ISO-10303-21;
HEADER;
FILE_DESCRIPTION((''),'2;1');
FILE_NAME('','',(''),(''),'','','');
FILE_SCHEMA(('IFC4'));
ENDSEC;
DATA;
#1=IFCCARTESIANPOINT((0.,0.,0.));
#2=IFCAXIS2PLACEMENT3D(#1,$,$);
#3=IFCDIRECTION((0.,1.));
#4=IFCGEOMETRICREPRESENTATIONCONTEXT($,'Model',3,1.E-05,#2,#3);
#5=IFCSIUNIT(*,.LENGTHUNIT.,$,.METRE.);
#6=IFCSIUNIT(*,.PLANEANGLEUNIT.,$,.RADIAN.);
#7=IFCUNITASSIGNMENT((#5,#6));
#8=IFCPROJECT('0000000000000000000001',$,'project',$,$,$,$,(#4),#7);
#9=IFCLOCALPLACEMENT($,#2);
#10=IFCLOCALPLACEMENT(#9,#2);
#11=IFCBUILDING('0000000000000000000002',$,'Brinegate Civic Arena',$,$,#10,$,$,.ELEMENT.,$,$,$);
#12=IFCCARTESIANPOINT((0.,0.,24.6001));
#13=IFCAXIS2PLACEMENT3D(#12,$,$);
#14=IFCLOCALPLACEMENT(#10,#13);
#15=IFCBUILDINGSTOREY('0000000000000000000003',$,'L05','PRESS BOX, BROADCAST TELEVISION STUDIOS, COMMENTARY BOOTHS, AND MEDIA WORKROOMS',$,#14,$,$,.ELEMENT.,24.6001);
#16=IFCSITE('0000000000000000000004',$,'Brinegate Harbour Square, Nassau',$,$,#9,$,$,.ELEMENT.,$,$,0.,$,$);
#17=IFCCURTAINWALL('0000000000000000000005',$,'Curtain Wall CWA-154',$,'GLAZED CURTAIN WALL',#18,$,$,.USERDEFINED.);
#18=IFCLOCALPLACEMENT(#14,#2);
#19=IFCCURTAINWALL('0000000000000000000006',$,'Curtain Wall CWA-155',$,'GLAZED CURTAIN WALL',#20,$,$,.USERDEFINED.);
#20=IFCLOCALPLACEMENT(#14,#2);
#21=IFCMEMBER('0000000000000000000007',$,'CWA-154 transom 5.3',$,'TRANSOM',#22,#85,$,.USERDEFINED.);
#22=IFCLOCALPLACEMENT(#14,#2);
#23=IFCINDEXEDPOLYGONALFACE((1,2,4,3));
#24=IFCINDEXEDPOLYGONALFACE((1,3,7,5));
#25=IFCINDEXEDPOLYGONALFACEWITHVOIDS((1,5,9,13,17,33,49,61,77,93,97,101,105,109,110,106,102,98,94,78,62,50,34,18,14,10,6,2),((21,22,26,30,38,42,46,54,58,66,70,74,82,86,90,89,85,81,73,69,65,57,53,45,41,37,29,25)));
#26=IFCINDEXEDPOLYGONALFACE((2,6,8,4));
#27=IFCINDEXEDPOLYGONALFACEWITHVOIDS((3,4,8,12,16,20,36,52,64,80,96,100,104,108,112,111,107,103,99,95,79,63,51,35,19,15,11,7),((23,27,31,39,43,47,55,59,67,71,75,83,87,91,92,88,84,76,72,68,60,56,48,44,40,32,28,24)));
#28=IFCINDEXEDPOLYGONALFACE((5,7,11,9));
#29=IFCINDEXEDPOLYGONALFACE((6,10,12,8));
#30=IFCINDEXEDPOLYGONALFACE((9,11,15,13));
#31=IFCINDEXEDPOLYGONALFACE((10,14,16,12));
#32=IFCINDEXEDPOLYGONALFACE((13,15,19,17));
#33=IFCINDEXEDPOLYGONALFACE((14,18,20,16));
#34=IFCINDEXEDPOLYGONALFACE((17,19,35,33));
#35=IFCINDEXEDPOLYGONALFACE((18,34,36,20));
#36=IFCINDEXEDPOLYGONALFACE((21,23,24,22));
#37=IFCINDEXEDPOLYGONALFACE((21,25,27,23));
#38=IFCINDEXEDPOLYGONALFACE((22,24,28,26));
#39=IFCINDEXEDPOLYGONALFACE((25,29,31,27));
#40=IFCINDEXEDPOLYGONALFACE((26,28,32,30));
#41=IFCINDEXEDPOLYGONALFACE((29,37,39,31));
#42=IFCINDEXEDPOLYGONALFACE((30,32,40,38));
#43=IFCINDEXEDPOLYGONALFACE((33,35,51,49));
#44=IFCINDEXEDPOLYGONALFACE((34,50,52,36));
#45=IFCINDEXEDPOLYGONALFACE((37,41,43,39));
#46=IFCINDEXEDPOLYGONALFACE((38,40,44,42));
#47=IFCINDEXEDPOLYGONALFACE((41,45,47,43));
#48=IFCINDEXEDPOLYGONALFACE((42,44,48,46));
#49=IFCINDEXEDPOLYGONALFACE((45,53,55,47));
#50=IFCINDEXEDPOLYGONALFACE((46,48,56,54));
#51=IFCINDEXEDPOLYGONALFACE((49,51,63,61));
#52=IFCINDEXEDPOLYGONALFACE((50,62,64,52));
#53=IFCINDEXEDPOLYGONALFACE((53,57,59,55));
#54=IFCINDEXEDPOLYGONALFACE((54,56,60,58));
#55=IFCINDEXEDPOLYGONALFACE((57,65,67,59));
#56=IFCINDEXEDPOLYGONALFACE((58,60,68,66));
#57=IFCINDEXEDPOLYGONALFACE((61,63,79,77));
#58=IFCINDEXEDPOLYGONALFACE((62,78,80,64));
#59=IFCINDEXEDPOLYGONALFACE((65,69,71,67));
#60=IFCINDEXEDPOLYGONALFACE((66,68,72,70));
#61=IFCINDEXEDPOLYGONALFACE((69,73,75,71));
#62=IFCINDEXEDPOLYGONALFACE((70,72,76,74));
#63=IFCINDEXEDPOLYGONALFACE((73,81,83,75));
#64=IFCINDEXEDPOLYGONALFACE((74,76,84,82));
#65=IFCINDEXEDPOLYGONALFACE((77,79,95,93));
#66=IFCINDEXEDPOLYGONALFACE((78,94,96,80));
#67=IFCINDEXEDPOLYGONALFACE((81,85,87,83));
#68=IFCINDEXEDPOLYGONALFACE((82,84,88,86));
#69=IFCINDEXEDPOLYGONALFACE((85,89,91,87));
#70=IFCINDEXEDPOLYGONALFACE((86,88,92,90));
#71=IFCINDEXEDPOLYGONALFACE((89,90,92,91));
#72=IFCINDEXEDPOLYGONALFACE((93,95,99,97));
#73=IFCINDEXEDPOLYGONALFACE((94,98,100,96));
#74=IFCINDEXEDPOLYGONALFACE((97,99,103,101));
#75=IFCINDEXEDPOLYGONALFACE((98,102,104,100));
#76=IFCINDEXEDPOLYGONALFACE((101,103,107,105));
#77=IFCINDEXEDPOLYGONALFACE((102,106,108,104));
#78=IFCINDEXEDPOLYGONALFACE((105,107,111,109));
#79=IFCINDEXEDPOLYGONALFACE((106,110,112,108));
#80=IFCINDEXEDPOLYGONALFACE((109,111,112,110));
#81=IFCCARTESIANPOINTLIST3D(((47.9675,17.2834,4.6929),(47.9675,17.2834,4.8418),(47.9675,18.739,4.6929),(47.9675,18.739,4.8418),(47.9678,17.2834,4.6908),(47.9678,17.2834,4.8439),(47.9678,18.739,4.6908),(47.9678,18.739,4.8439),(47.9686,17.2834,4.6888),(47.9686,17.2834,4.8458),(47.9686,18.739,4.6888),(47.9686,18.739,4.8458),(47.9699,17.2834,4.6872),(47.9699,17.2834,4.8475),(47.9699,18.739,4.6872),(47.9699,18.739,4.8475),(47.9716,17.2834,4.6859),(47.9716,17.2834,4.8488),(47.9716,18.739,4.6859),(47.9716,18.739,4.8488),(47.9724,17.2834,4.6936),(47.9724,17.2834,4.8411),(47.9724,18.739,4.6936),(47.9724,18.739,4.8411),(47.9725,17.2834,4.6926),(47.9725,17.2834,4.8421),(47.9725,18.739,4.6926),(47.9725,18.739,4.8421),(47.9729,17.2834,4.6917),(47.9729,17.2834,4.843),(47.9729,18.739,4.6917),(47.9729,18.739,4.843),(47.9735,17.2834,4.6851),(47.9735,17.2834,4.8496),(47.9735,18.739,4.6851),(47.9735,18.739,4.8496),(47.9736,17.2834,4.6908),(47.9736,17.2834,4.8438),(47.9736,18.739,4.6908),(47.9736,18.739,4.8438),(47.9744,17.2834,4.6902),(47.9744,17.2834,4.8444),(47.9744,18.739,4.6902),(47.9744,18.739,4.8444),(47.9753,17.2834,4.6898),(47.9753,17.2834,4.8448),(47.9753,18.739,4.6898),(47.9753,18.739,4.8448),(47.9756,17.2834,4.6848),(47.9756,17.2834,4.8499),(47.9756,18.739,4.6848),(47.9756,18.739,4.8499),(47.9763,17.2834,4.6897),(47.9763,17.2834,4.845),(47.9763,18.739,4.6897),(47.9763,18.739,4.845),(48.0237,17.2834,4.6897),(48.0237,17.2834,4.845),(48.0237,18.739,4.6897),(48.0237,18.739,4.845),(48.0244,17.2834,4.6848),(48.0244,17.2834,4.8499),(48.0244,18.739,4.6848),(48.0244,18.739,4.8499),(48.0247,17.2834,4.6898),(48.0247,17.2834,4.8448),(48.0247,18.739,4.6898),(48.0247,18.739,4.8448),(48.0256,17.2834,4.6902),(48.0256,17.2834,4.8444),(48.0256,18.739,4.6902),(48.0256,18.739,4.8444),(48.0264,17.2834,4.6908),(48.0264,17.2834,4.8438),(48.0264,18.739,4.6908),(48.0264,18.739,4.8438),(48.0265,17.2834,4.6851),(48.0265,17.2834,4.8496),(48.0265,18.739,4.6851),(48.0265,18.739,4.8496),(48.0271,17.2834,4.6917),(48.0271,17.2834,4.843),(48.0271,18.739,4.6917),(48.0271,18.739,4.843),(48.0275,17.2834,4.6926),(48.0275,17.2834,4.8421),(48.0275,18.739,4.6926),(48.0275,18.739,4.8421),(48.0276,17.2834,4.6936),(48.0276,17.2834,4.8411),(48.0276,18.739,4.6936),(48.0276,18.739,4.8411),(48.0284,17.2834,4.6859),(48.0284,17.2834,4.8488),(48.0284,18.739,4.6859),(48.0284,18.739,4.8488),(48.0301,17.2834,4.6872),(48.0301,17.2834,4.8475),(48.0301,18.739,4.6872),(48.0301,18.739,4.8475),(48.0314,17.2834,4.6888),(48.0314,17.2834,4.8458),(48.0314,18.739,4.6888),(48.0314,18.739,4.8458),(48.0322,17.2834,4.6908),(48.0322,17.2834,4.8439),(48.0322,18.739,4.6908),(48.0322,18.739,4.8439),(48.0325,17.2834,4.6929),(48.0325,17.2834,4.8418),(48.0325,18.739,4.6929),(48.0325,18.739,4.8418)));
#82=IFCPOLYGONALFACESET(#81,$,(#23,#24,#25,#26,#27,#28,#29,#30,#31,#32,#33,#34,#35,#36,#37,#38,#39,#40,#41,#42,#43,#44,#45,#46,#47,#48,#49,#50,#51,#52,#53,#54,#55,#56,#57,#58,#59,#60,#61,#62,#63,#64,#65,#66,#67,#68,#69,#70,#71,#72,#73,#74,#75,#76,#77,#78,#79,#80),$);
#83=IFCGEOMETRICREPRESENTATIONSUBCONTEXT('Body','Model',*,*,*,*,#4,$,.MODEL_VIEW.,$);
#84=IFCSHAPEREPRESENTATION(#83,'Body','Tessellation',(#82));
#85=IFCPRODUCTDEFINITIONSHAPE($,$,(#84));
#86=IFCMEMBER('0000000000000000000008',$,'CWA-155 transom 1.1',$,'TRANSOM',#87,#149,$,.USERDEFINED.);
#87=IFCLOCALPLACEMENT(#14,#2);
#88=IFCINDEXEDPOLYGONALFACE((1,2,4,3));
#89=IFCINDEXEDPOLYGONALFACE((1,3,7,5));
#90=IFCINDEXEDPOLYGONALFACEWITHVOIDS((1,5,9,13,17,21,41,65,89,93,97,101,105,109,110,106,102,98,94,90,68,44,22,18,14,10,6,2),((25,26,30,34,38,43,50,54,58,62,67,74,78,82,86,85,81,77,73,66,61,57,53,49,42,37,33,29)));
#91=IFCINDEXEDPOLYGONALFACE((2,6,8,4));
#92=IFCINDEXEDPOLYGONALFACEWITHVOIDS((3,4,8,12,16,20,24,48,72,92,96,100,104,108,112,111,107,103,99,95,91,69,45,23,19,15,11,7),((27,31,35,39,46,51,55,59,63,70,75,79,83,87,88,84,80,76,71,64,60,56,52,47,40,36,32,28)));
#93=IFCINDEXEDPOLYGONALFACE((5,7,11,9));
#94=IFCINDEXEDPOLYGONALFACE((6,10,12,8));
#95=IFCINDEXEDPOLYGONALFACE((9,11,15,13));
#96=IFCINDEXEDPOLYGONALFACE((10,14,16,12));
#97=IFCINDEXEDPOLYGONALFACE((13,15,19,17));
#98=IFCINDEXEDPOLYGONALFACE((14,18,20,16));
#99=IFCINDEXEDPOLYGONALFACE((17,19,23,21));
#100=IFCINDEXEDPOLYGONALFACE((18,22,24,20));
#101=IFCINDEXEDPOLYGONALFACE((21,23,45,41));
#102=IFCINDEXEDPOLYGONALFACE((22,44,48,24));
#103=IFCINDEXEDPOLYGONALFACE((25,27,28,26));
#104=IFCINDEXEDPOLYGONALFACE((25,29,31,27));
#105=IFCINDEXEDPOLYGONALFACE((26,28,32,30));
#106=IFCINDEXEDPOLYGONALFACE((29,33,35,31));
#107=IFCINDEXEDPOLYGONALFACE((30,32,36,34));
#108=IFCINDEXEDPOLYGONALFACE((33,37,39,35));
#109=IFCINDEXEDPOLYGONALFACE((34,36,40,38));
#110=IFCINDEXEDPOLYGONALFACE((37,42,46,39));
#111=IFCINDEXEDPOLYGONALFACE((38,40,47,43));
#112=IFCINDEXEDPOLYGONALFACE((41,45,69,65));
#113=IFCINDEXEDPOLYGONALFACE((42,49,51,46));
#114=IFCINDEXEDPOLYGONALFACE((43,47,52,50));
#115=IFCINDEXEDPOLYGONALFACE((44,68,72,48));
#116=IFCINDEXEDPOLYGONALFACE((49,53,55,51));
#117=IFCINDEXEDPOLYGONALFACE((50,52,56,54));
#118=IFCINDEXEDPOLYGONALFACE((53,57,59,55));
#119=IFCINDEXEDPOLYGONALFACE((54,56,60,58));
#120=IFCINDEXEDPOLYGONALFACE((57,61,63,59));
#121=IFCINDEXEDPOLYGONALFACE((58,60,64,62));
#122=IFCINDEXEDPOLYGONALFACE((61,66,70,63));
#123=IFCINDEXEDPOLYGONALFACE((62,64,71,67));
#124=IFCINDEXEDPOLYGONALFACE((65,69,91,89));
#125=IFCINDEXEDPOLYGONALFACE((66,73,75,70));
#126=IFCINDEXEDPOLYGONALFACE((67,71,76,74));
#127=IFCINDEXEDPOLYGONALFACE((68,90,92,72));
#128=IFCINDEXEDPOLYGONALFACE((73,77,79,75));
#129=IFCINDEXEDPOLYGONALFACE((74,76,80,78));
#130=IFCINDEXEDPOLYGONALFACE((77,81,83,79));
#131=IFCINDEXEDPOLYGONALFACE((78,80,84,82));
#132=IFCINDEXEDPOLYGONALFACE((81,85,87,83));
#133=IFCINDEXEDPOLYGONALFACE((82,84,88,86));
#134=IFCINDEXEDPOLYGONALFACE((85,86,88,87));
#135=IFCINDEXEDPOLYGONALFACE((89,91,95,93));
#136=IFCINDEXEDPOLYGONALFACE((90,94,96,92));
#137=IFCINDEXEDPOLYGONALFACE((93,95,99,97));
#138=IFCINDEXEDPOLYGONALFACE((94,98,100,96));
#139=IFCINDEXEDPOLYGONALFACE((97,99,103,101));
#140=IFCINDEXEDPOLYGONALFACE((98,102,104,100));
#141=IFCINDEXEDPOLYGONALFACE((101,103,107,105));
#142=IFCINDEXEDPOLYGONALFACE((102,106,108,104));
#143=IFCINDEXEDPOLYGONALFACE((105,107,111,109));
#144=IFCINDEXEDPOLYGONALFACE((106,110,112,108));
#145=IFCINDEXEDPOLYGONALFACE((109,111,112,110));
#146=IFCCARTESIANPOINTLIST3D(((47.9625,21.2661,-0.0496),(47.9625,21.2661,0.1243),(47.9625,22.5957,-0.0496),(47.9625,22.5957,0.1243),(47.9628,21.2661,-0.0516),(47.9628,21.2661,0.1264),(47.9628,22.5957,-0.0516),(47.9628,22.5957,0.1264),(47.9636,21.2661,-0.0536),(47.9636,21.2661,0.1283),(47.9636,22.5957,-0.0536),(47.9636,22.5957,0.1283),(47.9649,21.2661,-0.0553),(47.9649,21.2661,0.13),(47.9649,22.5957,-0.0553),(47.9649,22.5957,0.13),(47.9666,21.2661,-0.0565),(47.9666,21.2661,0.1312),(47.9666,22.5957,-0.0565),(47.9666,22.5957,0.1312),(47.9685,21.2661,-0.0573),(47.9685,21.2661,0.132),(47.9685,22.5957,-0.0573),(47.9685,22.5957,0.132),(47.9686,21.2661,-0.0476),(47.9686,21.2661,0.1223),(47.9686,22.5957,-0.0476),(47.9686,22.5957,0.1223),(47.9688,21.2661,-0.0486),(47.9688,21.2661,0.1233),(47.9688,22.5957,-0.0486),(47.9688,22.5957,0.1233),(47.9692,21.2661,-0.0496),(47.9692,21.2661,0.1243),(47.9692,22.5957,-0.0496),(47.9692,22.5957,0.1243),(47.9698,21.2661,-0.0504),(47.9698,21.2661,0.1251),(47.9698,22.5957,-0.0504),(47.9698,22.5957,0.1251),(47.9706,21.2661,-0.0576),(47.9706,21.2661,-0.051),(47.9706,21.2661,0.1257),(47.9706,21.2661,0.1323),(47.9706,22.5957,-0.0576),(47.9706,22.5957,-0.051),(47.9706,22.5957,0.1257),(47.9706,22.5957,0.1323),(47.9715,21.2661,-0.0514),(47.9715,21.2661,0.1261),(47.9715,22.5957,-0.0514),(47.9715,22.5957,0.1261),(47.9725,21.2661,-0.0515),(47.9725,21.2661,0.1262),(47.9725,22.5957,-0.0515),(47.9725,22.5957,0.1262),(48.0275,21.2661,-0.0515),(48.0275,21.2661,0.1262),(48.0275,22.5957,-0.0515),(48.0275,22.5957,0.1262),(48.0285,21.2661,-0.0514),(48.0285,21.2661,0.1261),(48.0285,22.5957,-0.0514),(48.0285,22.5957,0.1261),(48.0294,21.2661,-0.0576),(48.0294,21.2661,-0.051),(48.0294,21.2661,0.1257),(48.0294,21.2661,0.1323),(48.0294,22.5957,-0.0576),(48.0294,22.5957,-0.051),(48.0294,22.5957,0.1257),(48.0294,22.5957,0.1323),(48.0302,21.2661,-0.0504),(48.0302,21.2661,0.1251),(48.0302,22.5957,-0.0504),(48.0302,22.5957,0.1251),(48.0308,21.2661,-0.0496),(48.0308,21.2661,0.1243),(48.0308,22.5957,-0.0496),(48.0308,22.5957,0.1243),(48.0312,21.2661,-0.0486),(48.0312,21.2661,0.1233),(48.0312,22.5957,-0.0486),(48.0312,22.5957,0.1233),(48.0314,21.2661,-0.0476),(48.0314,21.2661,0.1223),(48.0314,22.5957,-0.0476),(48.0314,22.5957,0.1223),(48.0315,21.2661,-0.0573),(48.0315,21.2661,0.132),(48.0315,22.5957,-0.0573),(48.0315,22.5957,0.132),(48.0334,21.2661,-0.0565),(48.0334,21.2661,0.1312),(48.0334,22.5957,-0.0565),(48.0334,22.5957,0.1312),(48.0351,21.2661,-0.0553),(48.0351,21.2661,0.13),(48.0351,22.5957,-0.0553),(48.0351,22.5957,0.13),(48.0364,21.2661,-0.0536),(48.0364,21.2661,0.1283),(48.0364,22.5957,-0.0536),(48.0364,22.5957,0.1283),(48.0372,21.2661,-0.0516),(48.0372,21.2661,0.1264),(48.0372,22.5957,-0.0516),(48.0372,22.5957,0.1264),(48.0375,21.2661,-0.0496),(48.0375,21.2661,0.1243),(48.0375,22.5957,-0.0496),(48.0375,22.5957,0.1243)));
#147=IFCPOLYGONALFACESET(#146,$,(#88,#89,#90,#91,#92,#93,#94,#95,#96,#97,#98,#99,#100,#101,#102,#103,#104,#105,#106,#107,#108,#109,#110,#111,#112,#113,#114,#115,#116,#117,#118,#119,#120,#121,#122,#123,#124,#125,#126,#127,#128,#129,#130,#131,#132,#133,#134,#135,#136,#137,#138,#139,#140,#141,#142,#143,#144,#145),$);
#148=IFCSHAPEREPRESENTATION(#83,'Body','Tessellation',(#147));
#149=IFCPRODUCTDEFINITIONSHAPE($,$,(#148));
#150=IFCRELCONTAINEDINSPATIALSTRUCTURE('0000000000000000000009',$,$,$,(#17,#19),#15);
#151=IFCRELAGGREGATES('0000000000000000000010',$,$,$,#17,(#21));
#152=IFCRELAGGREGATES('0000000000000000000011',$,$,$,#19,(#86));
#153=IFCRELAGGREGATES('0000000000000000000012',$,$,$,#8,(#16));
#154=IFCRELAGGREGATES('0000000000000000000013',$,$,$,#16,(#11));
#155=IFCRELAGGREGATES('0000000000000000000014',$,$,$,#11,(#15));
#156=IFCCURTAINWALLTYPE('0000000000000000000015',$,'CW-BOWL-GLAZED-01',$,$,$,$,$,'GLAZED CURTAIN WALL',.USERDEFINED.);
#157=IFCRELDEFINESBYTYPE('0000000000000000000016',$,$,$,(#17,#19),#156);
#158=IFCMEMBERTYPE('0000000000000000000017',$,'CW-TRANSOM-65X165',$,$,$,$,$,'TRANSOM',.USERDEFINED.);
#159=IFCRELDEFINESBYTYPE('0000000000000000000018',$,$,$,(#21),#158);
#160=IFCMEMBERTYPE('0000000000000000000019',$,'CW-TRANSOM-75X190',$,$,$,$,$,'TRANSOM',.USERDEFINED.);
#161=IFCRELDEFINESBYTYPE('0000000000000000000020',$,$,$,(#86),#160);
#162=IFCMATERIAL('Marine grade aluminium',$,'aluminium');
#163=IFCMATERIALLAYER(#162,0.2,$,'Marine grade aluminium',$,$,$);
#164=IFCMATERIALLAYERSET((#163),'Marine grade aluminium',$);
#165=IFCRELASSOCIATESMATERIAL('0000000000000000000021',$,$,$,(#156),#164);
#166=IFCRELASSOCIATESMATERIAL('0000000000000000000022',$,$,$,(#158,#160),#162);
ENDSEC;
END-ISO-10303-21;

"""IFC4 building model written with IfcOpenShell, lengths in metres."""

from ifc_helpers import new_model, si_unit, direction, frame, origin, origin_2d, place, context, subcontext, project, spatial, hollow_rectangle, extrude, material, layer, layer_set, material_profile, profile_set, type_object, element, aggregate, save


model = new_model("IFC4")

# Units and contexts
model_context = context("Model", 3, precision=1e-05, world=origin(), true_north=direction((0.0, 1.0)))
body_context = subcontext(model_context, "Body", "Model", "MODEL_VIEW")
ifc_project = project(units=[si_unit("LENGTHUNIT", "METRE"), si_unit("PLANEANGLEUNIT", "RADIAN")], contexts=[model_context])

# Site, building, storey
site_placement = place(None, origin())
site = spatial("IfcSite", under=ifc_project, at=site_placement, Name="Brinegate Harbour Square, Nassau", CompositionType="ELEMENT", RefElevation=0.0)
building_placement = place(site_placement, origin())
building = spatial("IfcBuilding", under=site, at=building_placement, Name="Brinegate Civic Arena", CompositionType="ELEMENT")
storey_placement = place(building_placement, frame((0.0, 0.0, 24.6001)))
storey = spatial("IfcBuildingStorey", under=building, at=storey_placement, Name="L05", Description="PRESS BOX, BROADCAST TELEVISION STUDIOS, COMMENTARY BOOTHS, AND MEDIA WORKROOMS", CompositionType="ELEMENT", Elevation=24.6001)

# Curtain walls
ifc_material_1 = material(Name="Marine grade aluminium", Category="aluminium")
ifc_layer_1 = layer(ifc_material_1, 0.2, Name="Marine grade aluminium")
ifc_layer_set_1 = layer_set([ifc_layer_1], Name="Marine grade aluminium")
curtain_wall_type = type_object("IfcCurtainWallType", Name="CW-BOWL-GLAZED-01", ElementType="GLAZED CURTAIN WALL", PredefinedType="USERDEFINED", material=ifc_layer_set_1)
curtain_wall_1_placement = place(storey_placement, origin())
curtain_wall_1 = element("IfcCurtainWall", 1, at=curtain_wall_1_placement, inside=storey, type_object=curtain_wall_type, Name="Curtain Wall CWA-154", ObjectType="GLAZED CURTAIN WALL", PredefinedType="USERDEFINED")
curtain_wall_2_placement = place(storey_placement, origin())
curtain_wall_2 = element("IfcCurtainWall", 2, at=curtain_wall_2_placement, inside=storey, type_object=curtain_wall_type, Name="Curtain Wall CWA-155", ObjectType="GLAZED CURTAIN WALL", PredefinedType="USERDEFINED")

# Members
ifc_material_profile_1 = material_profile(ifc_material_1, hollow_rectangle(XDim=0.0649, YDim=0.165, WallThickness=0.0049, InnerFilletRadius=0.0039, OuterFilletRadius=0.0081, at=origin_2d()), Name="TRN65X165")
ifc_profile_set_1 = profile_set([ifc_material_profile_1], Name="Marine grade aluminium")
member_type_1 = type_object("IfcMemberType", Name="CW-TRANSOM-65X165", ElementType="TRANSOM", PredefinedType="USERDEFINED", material=ifc_profile_set_1)
member_1_placement = place(storey_placement, frame((48.0, 17.2834, 4.7673), z_axis=(0.0, 1.0, 0.0), x_axis=(-1.0, 0.0, 0.0)))
member_1 = element("IfcMember", 3, at=member_1_placement, type_object=member_type_1, Name="CWA-154 transom 5.3", ObjectType="TRANSOM", PredefinedType="USERDEFINED", context=body_context, shape_type="SweptSolid", body=[
    extrude(hollow_rectangle(XDim=0.0649, YDim=0.165, WallThickness=0.0049, InnerFilletRadius=0.0039, OuterFilletRadius=0.0081, at=origin_2d()), origin(), (0.0, 0.0, 1.0), 1.4556),
])
ifc_material_profile_2 = material_profile(ifc_material_1, hollow_rectangle(XDim=0.075, YDim=0.1899, WallThickness=0.0061, InnerFilletRadius=0.0039, OuterFilletRadius=0.0081, at=origin_2d()), Name="TRN75X190")
ifc_profile_set_2 = profile_set([ifc_material_profile_2], Name="Marine grade aluminium")
member_type_2 = type_object("IfcMemberType", Name="CW-TRANSOM-75X190", ElementType="TRANSOM", PredefinedType="USERDEFINED", material=ifc_profile_set_2)
member_2_placement = place(storey_placement, frame((48.0, 21.2661, 0.0374), z_axis=(0.0, 1.0, 0.0), x_axis=(-1.0, 0.0, 0.0)))
member_2 = element("IfcMember", 4, at=member_2_placement, type_object=member_type_2, Name="CWA-155 transom 1.1", ObjectType="TRANSOM", PredefinedType="USERDEFINED", context=body_context, shape_type="SweptSolid", body=[
    extrude(hollow_rectangle(XDim=0.075, YDim=0.1899, WallThickness=0.0061, InnerFilletRadius=0.0039, OuterFilletRadius=0.0081, at=origin_2d()), origin(), (0.0, 0.0, 1.0), 1.3296),
])

aggregate(curtain_wall_1, [member_1])
aggregate(curtain_wall_2, [member_2])

save(model, "model.ifc")
